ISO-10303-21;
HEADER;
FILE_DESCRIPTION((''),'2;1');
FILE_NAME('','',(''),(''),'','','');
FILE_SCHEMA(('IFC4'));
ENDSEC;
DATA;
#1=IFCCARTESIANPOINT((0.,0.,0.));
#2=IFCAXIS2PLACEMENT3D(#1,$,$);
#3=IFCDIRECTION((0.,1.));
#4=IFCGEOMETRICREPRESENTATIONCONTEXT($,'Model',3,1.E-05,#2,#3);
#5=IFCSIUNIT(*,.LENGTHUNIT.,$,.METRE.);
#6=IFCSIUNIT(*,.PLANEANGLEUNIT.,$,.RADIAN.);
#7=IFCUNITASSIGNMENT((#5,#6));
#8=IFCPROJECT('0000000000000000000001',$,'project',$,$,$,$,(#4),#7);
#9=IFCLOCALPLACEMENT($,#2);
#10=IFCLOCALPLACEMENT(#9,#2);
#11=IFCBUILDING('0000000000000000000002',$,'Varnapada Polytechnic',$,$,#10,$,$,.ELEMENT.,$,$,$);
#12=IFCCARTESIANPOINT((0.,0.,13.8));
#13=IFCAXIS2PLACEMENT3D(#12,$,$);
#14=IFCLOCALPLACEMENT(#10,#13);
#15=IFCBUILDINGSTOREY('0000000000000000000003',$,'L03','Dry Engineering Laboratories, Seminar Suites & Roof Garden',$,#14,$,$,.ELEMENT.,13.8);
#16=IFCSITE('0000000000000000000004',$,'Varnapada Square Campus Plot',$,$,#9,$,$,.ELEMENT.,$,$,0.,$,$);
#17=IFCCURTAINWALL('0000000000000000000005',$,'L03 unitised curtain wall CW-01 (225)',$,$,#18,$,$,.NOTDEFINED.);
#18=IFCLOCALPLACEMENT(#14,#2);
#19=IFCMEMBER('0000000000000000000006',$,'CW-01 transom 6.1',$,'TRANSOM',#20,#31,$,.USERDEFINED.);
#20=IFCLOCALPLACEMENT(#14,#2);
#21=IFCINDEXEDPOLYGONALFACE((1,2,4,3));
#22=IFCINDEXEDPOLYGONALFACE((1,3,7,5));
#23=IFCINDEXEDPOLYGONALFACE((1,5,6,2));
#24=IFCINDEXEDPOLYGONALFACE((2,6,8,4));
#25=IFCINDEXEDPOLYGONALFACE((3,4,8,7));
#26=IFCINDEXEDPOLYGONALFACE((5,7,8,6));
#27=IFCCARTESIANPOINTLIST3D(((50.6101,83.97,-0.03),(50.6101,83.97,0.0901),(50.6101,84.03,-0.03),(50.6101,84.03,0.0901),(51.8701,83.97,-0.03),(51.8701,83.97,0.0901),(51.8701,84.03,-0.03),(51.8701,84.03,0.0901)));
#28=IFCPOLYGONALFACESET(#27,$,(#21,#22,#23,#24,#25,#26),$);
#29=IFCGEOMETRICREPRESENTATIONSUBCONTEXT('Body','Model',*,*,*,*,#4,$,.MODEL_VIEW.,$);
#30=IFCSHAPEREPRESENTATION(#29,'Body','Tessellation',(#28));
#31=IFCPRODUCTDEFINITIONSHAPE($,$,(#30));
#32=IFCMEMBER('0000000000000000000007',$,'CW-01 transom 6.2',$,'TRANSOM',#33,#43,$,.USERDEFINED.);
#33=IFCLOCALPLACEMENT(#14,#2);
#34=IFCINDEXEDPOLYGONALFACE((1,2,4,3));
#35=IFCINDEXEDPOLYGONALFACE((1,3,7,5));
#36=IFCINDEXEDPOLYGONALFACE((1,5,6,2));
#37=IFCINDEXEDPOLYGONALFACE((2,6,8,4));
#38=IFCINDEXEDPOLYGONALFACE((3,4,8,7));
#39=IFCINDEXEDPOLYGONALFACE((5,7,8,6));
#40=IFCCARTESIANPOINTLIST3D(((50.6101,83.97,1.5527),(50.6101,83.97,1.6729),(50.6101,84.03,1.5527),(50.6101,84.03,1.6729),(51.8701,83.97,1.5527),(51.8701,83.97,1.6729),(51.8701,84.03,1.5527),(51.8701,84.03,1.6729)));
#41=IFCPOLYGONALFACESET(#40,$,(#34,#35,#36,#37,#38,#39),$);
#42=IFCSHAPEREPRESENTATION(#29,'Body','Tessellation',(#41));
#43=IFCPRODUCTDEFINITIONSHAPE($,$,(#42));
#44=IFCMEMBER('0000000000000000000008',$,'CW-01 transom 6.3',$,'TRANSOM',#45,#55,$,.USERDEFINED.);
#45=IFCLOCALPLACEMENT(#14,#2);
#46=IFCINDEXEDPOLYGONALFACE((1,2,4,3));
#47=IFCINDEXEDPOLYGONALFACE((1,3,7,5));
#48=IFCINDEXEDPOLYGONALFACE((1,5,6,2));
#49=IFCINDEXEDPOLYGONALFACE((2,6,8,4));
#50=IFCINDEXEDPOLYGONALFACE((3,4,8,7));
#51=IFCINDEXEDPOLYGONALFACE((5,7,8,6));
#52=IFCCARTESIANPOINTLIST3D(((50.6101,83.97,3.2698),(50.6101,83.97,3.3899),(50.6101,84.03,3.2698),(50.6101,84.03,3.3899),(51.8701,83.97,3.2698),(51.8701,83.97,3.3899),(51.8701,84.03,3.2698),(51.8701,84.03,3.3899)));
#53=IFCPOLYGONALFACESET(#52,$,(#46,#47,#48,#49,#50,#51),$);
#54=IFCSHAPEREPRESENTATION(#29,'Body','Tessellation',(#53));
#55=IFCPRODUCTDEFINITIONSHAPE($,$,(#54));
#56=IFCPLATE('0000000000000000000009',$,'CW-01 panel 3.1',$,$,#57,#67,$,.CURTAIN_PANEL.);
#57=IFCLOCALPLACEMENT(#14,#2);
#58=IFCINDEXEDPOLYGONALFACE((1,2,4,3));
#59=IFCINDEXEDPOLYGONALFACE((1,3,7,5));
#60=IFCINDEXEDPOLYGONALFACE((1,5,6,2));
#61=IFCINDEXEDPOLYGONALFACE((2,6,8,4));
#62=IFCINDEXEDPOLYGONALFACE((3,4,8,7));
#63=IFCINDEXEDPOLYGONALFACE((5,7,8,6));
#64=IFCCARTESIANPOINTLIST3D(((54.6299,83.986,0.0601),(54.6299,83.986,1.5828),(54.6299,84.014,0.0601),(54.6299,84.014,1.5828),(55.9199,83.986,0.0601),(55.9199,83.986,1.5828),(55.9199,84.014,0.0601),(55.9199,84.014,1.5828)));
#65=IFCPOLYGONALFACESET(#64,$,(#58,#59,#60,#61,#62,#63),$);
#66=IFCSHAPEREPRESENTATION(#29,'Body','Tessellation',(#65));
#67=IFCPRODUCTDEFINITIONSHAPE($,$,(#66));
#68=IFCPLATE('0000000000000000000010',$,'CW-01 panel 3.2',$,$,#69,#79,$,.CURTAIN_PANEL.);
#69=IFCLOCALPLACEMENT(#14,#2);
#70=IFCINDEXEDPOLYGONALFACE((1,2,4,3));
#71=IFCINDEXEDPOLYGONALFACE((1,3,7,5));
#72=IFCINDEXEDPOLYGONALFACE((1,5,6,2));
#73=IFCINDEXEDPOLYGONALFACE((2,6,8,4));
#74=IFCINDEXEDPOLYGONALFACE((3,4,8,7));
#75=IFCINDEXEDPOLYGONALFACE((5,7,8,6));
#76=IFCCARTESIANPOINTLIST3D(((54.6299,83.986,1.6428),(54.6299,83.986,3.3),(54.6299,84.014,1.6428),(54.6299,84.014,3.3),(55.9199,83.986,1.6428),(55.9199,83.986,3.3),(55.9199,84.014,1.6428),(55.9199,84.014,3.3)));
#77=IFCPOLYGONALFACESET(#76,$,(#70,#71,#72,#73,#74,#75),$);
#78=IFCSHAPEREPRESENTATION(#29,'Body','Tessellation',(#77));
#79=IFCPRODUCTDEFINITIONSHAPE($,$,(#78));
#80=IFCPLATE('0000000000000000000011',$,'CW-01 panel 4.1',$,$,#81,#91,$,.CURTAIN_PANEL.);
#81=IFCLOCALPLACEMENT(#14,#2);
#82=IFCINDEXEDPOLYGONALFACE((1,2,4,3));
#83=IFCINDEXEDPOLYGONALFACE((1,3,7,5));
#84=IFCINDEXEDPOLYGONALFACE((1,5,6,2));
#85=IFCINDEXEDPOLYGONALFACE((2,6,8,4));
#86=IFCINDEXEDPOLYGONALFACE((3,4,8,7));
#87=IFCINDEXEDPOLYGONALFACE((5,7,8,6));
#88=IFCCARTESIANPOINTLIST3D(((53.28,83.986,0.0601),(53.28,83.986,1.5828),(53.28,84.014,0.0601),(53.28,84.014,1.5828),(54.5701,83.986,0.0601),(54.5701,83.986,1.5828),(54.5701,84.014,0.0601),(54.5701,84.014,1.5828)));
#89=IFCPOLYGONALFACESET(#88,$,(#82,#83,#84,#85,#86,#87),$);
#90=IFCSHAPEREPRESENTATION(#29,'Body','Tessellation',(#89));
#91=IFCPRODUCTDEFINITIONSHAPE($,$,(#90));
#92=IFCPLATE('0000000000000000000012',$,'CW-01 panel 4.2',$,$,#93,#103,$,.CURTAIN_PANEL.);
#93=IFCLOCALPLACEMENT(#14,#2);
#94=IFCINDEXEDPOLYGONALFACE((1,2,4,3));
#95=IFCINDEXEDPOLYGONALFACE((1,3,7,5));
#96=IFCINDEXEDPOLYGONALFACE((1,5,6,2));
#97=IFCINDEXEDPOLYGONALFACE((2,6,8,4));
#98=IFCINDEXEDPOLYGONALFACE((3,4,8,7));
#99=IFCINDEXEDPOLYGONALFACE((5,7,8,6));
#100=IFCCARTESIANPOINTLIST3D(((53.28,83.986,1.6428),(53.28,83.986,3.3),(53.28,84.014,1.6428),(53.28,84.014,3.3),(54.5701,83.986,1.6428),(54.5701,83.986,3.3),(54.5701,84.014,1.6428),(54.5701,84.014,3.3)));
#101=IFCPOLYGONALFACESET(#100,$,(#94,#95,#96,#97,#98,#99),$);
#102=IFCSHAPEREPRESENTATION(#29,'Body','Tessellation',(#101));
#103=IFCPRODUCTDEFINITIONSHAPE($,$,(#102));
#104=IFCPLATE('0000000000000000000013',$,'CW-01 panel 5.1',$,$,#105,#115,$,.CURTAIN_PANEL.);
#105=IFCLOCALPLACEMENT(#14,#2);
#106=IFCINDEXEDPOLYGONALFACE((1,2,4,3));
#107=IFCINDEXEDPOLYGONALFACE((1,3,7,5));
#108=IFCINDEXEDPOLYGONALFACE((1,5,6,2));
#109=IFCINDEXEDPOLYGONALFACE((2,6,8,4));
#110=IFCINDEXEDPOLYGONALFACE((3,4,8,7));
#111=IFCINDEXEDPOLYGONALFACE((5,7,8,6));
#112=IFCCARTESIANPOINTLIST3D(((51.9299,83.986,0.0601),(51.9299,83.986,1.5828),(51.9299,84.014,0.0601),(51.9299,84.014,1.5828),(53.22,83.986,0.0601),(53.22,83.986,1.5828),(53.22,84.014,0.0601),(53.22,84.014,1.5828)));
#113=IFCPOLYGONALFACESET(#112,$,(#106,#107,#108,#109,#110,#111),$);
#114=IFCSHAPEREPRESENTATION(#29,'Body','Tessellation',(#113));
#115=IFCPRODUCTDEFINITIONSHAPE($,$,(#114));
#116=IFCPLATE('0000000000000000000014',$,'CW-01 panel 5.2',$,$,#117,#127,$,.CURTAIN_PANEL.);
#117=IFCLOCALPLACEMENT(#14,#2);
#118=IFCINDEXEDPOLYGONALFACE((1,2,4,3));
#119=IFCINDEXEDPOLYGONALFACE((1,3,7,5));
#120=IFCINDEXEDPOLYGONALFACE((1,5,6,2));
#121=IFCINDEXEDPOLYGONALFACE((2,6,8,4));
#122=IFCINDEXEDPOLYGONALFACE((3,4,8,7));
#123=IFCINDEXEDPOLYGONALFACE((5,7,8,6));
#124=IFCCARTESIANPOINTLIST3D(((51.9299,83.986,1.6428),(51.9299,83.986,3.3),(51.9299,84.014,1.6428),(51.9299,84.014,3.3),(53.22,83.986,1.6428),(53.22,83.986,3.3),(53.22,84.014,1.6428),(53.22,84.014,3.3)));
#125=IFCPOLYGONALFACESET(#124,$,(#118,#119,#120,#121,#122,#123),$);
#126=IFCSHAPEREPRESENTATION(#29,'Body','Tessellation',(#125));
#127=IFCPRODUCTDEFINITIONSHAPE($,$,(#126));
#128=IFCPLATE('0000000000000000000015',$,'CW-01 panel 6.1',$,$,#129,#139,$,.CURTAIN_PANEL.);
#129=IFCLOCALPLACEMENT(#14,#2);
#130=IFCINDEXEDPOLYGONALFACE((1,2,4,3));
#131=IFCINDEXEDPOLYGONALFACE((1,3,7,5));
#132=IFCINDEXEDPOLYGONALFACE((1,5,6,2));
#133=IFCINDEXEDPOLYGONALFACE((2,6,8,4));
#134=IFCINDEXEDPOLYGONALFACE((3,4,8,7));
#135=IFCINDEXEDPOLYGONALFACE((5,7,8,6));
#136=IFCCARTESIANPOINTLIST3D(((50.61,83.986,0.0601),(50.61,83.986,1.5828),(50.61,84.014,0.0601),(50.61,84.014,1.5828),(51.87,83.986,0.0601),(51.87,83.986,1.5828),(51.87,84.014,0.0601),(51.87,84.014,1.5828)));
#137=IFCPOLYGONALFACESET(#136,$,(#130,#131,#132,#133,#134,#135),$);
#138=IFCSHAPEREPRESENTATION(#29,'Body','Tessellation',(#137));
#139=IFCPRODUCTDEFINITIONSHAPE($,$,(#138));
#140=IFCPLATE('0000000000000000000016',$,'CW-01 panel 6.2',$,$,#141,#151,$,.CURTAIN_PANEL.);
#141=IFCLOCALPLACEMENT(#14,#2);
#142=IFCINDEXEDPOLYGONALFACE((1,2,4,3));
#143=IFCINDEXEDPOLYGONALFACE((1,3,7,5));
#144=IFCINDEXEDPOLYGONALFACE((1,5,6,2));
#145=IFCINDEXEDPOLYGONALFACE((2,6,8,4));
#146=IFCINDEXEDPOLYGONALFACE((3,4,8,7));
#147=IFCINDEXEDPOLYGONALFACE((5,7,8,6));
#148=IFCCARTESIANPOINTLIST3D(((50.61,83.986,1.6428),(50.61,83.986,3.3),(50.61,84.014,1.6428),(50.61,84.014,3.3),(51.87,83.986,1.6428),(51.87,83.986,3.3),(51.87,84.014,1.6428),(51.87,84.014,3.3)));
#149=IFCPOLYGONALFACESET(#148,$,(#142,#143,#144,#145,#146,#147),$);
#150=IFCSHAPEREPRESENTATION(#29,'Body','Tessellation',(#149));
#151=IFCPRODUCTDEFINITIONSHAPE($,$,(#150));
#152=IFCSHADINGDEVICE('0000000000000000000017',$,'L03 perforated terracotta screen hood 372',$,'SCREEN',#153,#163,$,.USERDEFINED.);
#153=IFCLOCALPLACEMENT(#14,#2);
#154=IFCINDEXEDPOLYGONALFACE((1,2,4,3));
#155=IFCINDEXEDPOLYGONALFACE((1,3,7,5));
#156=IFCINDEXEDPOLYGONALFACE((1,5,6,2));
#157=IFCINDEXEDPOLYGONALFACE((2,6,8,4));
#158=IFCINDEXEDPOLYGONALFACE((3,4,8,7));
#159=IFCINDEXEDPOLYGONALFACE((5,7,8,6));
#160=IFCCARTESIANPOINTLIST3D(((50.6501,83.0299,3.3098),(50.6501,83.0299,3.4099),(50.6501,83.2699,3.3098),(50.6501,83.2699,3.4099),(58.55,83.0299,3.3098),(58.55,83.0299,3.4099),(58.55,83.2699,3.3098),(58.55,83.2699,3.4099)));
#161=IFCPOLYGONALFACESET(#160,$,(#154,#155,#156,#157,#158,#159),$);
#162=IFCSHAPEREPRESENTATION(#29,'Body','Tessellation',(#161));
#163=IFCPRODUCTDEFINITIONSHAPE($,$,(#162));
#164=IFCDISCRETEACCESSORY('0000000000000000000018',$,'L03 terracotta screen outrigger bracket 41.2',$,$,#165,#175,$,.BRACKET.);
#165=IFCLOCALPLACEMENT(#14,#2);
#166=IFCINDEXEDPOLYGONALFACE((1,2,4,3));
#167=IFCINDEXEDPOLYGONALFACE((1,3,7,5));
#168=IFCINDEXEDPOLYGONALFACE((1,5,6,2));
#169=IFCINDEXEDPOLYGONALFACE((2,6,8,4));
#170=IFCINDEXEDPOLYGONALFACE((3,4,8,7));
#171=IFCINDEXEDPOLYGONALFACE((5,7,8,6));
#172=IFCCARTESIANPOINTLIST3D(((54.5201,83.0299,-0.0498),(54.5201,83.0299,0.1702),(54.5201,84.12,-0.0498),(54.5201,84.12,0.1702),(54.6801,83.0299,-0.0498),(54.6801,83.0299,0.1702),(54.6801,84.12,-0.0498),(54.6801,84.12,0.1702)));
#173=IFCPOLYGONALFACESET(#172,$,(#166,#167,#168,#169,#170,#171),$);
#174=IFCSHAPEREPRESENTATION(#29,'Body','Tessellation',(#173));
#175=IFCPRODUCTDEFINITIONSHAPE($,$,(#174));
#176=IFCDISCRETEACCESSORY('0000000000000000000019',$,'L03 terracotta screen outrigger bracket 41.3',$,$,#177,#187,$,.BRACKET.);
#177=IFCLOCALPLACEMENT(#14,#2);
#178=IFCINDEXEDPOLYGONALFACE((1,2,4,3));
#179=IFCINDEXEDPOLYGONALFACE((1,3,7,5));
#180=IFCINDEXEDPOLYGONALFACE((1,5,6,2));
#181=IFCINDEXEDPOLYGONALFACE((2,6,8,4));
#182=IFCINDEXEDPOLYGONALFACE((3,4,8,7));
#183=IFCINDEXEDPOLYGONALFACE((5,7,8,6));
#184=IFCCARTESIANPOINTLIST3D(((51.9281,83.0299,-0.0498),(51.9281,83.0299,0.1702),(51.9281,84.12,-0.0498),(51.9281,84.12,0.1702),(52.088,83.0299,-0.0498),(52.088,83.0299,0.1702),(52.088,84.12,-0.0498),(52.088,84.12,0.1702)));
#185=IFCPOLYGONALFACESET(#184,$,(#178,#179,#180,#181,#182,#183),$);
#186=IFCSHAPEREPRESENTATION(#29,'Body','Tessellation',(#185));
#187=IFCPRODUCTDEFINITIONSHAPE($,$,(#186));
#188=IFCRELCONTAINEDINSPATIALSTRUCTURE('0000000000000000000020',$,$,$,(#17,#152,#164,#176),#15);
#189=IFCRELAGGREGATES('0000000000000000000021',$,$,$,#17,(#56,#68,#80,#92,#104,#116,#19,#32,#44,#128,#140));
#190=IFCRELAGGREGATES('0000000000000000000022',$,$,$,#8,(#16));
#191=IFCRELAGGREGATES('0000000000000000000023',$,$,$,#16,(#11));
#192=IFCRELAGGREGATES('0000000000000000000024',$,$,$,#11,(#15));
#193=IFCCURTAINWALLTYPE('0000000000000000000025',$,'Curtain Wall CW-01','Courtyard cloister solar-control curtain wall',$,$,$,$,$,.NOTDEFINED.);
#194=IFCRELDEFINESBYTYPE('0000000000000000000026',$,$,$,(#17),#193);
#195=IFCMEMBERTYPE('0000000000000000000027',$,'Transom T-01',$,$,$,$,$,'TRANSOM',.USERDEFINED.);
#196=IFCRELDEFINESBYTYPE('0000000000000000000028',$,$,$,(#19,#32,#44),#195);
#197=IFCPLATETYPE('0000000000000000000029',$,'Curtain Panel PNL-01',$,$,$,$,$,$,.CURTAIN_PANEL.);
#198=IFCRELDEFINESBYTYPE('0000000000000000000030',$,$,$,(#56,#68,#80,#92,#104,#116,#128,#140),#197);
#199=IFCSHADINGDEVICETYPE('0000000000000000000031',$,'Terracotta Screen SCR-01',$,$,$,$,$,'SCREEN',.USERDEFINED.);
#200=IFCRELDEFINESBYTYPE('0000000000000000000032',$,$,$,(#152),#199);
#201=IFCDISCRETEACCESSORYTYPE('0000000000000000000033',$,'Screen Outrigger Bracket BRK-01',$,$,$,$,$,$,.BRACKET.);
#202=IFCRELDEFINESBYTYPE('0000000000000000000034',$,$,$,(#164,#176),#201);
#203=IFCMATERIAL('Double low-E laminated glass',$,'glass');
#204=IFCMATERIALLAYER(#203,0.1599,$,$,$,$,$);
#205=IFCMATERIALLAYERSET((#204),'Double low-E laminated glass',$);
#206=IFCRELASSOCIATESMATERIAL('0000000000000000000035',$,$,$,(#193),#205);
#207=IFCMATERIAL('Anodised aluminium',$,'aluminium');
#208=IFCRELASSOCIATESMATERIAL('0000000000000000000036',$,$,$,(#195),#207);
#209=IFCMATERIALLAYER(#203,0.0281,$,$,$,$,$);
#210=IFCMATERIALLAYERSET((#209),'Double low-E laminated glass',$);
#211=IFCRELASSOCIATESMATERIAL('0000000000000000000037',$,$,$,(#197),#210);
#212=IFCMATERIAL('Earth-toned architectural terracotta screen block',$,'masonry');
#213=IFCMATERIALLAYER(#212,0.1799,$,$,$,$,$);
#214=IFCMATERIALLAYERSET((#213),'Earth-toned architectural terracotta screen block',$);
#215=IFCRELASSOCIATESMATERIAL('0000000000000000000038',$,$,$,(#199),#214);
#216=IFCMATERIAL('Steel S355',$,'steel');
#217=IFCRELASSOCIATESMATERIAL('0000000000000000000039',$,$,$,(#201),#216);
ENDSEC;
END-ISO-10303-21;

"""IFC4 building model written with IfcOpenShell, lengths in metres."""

from ifc_helpers import new_model, si_unit, direction, frame, origin, origin_2d, place, context, subcontext, project, spatial, rectangle, extrude, material, layer, layer_set, material_profile, profile_set, type_object, element, aggregate, save


model = new_model("IFC4")

# Units and contexts
model_context = context("Model", 3, precision=1e-05, world=origin(), true_north=direction((0.0, 1.0)))
body_context = subcontext(model_context, "Body", "Model", "MODEL_VIEW")
ifc_project = project(units=[si_unit("LENGTHUNIT", "METRE"), si_unit("PLANEANGLEUNIT", "RADIAN")], contexts=[model_context])

# Site, building, storey
site_placement = place(None, origin())
site = spatial("IfcSite", under=ifc_project, at=site_placement, Name="Varnapada Square Campus Plot", CompositionType="ELEMENT", RefElevation=0.0)
building_placement = place(site_placement, origin())
building = spatial("IfcBuilding", under=site, at=building_placement, Name="Varnapada Polytechnic", CompositionType="ELEMENT")
storey_placement = place(building_placement, frame((0.0, 0.0, 13.8)))
storey = spatial("IfcBuildingStorey", under=building, at=storey_placement, Name="L03", Description="Dry Engineering Laboratories, Seminar Suites & Roof Garden", CompositionType="ELEMENT", Elevation=13.8)

# Curtain wall, members, plates
ifc_material_1 = material(Name="Double low-E laminated glass", Category="glass")
ifc_layer_1 = layer(ifc_material_1, 0.1599)
ifc_layer_set_1 = layer_set([ifc_layer_1], Name="Double low-E laminated glass")
curtain_wall_type = type_object("IfcCurtainWallType", Name="Curtain Wall CW-01", Description="Courtyard cloister solar-control curtain wall", PredefinedType="NOTDEFINED", material=ifc_layer_set_1)
curtain_wall_placement = place(storey_placement, origin())
curtain_wall = element("IfcCurtainWall", 1, at=curtain_wall_placement, inside=storey, type_object=curtain_wall_type, Name="L03 unitised curtain wall CW-01 (225)", PredefinedType="NOTDEFINED")
ifc_material_2 = material(Name="Anodised aluminium", Category="aluminium")
ifc_material_profile_1 = material_profile(ifc_material_2, rectangle(XDim=0.0601, YDim=0.1201, at=origin_2d()), Name="ALU T60x120")
ifc_profile_set_1 = profile_set([ifc_material_profile_1], Name="Anodised aluminium")
member_type_1 = type_object("IfcMemberType", Name="Transom T-01", ElementType="TRANSOM", PredefinedType="USERDEFINED", material=ifc_profile_set_1)
member_1_placement = place(storey_placement, frame((51.8701, 84.0, 0.03), z_axis=(-1.0, 0.0, 0.0), x_axis=(0.0, -1.0, 0.0)))
member_1 = element("IfcMember", 2, at=member_1_placement, type_object=member_type_1, Name="CW-01 transom 6.1", ObjectType="TRANSOM", PredefinedType="USERDEFINED", context=body_context, shape_type="SweptSolid", body=[
    extrude(rectangle(XDim=0.0601, YDim=0.1201, at=origin_2d()), origin(), (0.0, 0.0, 1.0), 1.26),
])
member_2_placement = place(storey_placement, frame((51.8701, 84.0, 1.6128), z_axis=(-1.0, 0.0, 0.0), x_axis=(0.0, -1.0, 0.0)))
member_2 = element("IfcMember", 3, at=member_2_placement, type_object=member_type_1, Name="CW-01 transom 6.2", ObjectType="TRANSOM", PredefinedType="USERDEFINED", context=body_context, shape_type="SweptSolid", body=[
    extrude(rectangle(XDim=0.0601, YDim=0.1201, at=origin_2d()), origin(), (0.0, 0.0, 1.0), 1.26),
])
member_3_placement = place(storey_placement, frame((51.8701, 84.0, 3.3298), z_axis=(-1.0, 0.0, 0.0), x_axis=(0.0, -1.0, 0.0)))
member_3 = element("IfcMember", 4, at=member_3_placement, type_object=member_type_1, Name="CW-01 transom 6.3", ObjectType="TRANSOM", PredefinedType="USERDEFINED", context=body_context, shape_type="SweptSolid", body=[
    extrude(rectangle(XDim=0.0601, YDim=0.1201, at=origin_2d()), origin(), (0.0, 0.0, 1.0), 1.26),
])
ifc_layer_2 = layer(ifc_material_1, 0.0281)
ifc_layer_set_2 = layer_set([ifc_layer_2], Name="Double low-E laminated glass")
plate_type = type_object("IfcPlateType", Name="Curtain Panel PNL-01", PredefinedType="CURTAIN_PANEL", material=ifc_layer_set_2)
plate_1_placement = place(storey_placement, frame((55.2749, 84.0, 0.0601), z_axis=(0.0, 0.0, 1.0), x_axis=(-1.0, 0.0, 0.0)))
plate_1 = element("IfcPlate", 5, at=plate_1_placement, type_object=plate_type, Name="CW-01 panel 3.1", PredefinedType="CURTAIN_PANEL", context=body_context, shape_type="SweptSolid", body=[
    extrude(rectangle(XDim=1.29, YDim=0.0281, at=origin_2d()), origin(), (0.0, 0.0, 1.0), 1.5227),
])
plate_2_placement = place(storey_placement, frame((55.2749, 84.0, 1.6428), z_axis=(0.0, 0.0, 1.0), x_axis=(-1.0, 0.0, 0.0)))
plate_2 = element("IfcPlate", 6, at=plate_2_placement, type_object=plate_type, Name="CW-01 panel 3.2", PredefinedType="CURTAIN_PANEL", context=body_context, shape_type="SweptSolid", body=[
    extrude(rectangle(XDim=1.29, YDim=0.0281, at=origin_2d()), origin(), (0.0, 0.0, 1.0), 1.6572),
])
plate_3_placement = place(storey_placement, frame((53.925, 84.0, 0.0601), z_axis=(0.0, 0.0, 1.0), x_axis=(-1.0, 0.0, 0.0)))
plate_3 = element("IfcPlate", 7, at=plate_3_placement, type_object=plate_type, Name="CW-01 panel 4.1", PredefinedType="CURTAIN_PANEL", context=body_context, shape_type="SweptSolid", body=[
    extrude(rectangle(XDim=1.29, YDim=0.0281, at=origin_2d()), origin(), (0.0, 0.0, 1.0), 1.5227),
])
plate_4_placement = place(storey_placement, frame((53.925, 84.0, 1.6428), z_axis=(0.0, 0.0, 1.0), x_axis=(-1.0, 0.0, 0.0)))
plate_4 = element("IfcPlate", 8, at=plate_4_placement, type_object=plate_type, Name="CW-01 panel 4.2", PredefinedType="CURTAIN_PANEL", context=body_context, shape_type="SweptSolid", body=[
    extrude(rectangle(XDim=1.29, YDim=0.0281, at=origin_2d()), origin(), (0.0, 0.0, 1.0), 1.6572),
])
plate_5_placement = place(storey_placement, frame((52.575, 84.0, 0.0601), z_axis=(0.0, 0.0, 1.0), x_axis=(-1.0, 0.0, 0.0)))
plate_5 = element("IfcPlate", 9, at=plate_5_placement, type_object=plate_type, Name="CW-01 panel 5.1", PredefinedType="CURTAIN_PANEL", context=body_context, shape_type="SweptSolid", body=[
    extrude(rectangle(XDim=1.29, YDim=0.0281, at=origin_2d()), origin(), (0.0, 0.0, 1.0), 1.5227),
])
plate_6_placement = place(storey_placement, frame((52.575, 84.0, 1.6428), z_axis=(0.0, 0.0, 1.0), x_axis=(-1.0, 0.0, 0.0)))
plate_6 = element("IfcPlate", 10, at=plate_6_placement, type_object=plate_type, Name="CW-01 panel 5.2", PredefinedType="CURTAIN_PANEL", context=body_context, shape_type="SweptSolid", body=[
    extrude(rectangle(XDim=1.29, YDim=0.0281, at=origin_2d()), origin(), (0.0, 0.0, 1.0), 1.6572),
])
plate_7_placement = place(storey_placement, frame((51.24, 84.0, 0.0601), z_axis=(0.0, 0.0, 1.0), x_axis=(-1.0, 0.0, 0.0)))
plate_7 = element("IfcPlate", 11, at=plate_7_placement, type_object=plate_type, Name="CW-01 panel 6.1", PredefinedType="CURTAIN_PANEL", context=body_context, shape_type="SweptSolid", body=[
    extrude(rectangle(XDim=1.26, YDim=0.0281, at=origin_2d()), origin(), (0.0, 0.0, 1.0), 1.5227),
])
plate_8_placement = place(storey_placement, frame((51.24, 84.0, 1.6428), z_axis=(0.0, 0.0, 1.0), x_axis=(-1.0, 0.0, 0.0)))
plate_8 = element("IfcPlate", 12, at=plate_8_placement, type_object=plate_type, Name="CW-01 panel 6.2", PredefinedType="CURTAIN_PANEL", context=body_context, shape_type="SweptSolid", body=[
    extrude(rectangle(XDim=1.26, YDim=0.0281, at=origin_2d()), origin(), (0.0, 0.0, 1.0), 1.6572),
])
aggregate(curtain_wall, [plate_1, plate_2, plate_3, plate_4, plate_5, plate_6, member_1, member_2, member_3, plate_7, plate_8])

# Shading device
ifc_material_3 = material(Name="Earth-toned architectural terracotta screen block", Category="masonry")
ifc_layer_3 = layer(ifc_material_3, 0.1799)
ifc_layer_set_3 = layer_set([ifc_layer_3], Name="Earth-toned architectural terracotta screen block")
shading_device_type = type_object("IfcShadingDeviceType", Name="Terracotta Screen SCR-01", ElementType="SCREEN", PredefinedType="USERDEFINED", material=ifc_layer_set_3)
shading_device_placement = place(storey_placement, frame((54.6001, 83.1499, 3.3098), z_axis=(0.0, 0.0, 1.0), x_axis=(-1.0, 0.0, 0.0)))
element("IfcShadingDevice", 13, at=shading_device_placement, inside=storey, type_object=shading_device_type, Name="L03 perforated terracotta screen hood 372", ObjectType="SCREEN", PredefinedType="USERDEFINED", context=body_context, shape_type="SweptSolid", body=[
    extrude(rectangle(XDim=7.8999, YDim=0.24, at=origin_2d()), origin(), (0.0, 0.0, 1.0), 0.1001),
])

# Discrete accessories
ifc_material_4 = material(Name="Steel S355", Category="steel")
discrete_accessory_type = type_object("IfcDiscreteAccessoryType", Name="Screen Outrigger Bracket BRK-01", PredefinedType="BRACKET", material=ifc_material_4)
for number, where, z_axis, x_axis, name in (
    (14, (54.6001, 83.575, -0.0498), (0.0, 0.0, 1.0), (-1.0, 0.0, 0.0), "L03 terracotta screen outrigger bracket 41.2"),
    (15, (52.0081, 83.575, -0.0498), (0.0, 0.0, 1.0), (-1.0, 0.0, 0.0), "L03 terracotta screen outrigger bracket 41.3"),
):
    element("IfcDiscreteAccessory", number, at=place(storey_placement, frame(where, z_axis=z_axis, x_axis=x_axis)), inside=storey, type_object=discrete_accessory_type, Name=name, PredefinedType="BRACKET", context=body_context, shape_type="SweptSolid", body=[
        extrude(rectangle(XDim=0.1599, YDim=1.0901, at=origin_2d()), origin(), (0.0, 0.0, 1.0), 0.22),
    ])

save(model, "model.ifc")
